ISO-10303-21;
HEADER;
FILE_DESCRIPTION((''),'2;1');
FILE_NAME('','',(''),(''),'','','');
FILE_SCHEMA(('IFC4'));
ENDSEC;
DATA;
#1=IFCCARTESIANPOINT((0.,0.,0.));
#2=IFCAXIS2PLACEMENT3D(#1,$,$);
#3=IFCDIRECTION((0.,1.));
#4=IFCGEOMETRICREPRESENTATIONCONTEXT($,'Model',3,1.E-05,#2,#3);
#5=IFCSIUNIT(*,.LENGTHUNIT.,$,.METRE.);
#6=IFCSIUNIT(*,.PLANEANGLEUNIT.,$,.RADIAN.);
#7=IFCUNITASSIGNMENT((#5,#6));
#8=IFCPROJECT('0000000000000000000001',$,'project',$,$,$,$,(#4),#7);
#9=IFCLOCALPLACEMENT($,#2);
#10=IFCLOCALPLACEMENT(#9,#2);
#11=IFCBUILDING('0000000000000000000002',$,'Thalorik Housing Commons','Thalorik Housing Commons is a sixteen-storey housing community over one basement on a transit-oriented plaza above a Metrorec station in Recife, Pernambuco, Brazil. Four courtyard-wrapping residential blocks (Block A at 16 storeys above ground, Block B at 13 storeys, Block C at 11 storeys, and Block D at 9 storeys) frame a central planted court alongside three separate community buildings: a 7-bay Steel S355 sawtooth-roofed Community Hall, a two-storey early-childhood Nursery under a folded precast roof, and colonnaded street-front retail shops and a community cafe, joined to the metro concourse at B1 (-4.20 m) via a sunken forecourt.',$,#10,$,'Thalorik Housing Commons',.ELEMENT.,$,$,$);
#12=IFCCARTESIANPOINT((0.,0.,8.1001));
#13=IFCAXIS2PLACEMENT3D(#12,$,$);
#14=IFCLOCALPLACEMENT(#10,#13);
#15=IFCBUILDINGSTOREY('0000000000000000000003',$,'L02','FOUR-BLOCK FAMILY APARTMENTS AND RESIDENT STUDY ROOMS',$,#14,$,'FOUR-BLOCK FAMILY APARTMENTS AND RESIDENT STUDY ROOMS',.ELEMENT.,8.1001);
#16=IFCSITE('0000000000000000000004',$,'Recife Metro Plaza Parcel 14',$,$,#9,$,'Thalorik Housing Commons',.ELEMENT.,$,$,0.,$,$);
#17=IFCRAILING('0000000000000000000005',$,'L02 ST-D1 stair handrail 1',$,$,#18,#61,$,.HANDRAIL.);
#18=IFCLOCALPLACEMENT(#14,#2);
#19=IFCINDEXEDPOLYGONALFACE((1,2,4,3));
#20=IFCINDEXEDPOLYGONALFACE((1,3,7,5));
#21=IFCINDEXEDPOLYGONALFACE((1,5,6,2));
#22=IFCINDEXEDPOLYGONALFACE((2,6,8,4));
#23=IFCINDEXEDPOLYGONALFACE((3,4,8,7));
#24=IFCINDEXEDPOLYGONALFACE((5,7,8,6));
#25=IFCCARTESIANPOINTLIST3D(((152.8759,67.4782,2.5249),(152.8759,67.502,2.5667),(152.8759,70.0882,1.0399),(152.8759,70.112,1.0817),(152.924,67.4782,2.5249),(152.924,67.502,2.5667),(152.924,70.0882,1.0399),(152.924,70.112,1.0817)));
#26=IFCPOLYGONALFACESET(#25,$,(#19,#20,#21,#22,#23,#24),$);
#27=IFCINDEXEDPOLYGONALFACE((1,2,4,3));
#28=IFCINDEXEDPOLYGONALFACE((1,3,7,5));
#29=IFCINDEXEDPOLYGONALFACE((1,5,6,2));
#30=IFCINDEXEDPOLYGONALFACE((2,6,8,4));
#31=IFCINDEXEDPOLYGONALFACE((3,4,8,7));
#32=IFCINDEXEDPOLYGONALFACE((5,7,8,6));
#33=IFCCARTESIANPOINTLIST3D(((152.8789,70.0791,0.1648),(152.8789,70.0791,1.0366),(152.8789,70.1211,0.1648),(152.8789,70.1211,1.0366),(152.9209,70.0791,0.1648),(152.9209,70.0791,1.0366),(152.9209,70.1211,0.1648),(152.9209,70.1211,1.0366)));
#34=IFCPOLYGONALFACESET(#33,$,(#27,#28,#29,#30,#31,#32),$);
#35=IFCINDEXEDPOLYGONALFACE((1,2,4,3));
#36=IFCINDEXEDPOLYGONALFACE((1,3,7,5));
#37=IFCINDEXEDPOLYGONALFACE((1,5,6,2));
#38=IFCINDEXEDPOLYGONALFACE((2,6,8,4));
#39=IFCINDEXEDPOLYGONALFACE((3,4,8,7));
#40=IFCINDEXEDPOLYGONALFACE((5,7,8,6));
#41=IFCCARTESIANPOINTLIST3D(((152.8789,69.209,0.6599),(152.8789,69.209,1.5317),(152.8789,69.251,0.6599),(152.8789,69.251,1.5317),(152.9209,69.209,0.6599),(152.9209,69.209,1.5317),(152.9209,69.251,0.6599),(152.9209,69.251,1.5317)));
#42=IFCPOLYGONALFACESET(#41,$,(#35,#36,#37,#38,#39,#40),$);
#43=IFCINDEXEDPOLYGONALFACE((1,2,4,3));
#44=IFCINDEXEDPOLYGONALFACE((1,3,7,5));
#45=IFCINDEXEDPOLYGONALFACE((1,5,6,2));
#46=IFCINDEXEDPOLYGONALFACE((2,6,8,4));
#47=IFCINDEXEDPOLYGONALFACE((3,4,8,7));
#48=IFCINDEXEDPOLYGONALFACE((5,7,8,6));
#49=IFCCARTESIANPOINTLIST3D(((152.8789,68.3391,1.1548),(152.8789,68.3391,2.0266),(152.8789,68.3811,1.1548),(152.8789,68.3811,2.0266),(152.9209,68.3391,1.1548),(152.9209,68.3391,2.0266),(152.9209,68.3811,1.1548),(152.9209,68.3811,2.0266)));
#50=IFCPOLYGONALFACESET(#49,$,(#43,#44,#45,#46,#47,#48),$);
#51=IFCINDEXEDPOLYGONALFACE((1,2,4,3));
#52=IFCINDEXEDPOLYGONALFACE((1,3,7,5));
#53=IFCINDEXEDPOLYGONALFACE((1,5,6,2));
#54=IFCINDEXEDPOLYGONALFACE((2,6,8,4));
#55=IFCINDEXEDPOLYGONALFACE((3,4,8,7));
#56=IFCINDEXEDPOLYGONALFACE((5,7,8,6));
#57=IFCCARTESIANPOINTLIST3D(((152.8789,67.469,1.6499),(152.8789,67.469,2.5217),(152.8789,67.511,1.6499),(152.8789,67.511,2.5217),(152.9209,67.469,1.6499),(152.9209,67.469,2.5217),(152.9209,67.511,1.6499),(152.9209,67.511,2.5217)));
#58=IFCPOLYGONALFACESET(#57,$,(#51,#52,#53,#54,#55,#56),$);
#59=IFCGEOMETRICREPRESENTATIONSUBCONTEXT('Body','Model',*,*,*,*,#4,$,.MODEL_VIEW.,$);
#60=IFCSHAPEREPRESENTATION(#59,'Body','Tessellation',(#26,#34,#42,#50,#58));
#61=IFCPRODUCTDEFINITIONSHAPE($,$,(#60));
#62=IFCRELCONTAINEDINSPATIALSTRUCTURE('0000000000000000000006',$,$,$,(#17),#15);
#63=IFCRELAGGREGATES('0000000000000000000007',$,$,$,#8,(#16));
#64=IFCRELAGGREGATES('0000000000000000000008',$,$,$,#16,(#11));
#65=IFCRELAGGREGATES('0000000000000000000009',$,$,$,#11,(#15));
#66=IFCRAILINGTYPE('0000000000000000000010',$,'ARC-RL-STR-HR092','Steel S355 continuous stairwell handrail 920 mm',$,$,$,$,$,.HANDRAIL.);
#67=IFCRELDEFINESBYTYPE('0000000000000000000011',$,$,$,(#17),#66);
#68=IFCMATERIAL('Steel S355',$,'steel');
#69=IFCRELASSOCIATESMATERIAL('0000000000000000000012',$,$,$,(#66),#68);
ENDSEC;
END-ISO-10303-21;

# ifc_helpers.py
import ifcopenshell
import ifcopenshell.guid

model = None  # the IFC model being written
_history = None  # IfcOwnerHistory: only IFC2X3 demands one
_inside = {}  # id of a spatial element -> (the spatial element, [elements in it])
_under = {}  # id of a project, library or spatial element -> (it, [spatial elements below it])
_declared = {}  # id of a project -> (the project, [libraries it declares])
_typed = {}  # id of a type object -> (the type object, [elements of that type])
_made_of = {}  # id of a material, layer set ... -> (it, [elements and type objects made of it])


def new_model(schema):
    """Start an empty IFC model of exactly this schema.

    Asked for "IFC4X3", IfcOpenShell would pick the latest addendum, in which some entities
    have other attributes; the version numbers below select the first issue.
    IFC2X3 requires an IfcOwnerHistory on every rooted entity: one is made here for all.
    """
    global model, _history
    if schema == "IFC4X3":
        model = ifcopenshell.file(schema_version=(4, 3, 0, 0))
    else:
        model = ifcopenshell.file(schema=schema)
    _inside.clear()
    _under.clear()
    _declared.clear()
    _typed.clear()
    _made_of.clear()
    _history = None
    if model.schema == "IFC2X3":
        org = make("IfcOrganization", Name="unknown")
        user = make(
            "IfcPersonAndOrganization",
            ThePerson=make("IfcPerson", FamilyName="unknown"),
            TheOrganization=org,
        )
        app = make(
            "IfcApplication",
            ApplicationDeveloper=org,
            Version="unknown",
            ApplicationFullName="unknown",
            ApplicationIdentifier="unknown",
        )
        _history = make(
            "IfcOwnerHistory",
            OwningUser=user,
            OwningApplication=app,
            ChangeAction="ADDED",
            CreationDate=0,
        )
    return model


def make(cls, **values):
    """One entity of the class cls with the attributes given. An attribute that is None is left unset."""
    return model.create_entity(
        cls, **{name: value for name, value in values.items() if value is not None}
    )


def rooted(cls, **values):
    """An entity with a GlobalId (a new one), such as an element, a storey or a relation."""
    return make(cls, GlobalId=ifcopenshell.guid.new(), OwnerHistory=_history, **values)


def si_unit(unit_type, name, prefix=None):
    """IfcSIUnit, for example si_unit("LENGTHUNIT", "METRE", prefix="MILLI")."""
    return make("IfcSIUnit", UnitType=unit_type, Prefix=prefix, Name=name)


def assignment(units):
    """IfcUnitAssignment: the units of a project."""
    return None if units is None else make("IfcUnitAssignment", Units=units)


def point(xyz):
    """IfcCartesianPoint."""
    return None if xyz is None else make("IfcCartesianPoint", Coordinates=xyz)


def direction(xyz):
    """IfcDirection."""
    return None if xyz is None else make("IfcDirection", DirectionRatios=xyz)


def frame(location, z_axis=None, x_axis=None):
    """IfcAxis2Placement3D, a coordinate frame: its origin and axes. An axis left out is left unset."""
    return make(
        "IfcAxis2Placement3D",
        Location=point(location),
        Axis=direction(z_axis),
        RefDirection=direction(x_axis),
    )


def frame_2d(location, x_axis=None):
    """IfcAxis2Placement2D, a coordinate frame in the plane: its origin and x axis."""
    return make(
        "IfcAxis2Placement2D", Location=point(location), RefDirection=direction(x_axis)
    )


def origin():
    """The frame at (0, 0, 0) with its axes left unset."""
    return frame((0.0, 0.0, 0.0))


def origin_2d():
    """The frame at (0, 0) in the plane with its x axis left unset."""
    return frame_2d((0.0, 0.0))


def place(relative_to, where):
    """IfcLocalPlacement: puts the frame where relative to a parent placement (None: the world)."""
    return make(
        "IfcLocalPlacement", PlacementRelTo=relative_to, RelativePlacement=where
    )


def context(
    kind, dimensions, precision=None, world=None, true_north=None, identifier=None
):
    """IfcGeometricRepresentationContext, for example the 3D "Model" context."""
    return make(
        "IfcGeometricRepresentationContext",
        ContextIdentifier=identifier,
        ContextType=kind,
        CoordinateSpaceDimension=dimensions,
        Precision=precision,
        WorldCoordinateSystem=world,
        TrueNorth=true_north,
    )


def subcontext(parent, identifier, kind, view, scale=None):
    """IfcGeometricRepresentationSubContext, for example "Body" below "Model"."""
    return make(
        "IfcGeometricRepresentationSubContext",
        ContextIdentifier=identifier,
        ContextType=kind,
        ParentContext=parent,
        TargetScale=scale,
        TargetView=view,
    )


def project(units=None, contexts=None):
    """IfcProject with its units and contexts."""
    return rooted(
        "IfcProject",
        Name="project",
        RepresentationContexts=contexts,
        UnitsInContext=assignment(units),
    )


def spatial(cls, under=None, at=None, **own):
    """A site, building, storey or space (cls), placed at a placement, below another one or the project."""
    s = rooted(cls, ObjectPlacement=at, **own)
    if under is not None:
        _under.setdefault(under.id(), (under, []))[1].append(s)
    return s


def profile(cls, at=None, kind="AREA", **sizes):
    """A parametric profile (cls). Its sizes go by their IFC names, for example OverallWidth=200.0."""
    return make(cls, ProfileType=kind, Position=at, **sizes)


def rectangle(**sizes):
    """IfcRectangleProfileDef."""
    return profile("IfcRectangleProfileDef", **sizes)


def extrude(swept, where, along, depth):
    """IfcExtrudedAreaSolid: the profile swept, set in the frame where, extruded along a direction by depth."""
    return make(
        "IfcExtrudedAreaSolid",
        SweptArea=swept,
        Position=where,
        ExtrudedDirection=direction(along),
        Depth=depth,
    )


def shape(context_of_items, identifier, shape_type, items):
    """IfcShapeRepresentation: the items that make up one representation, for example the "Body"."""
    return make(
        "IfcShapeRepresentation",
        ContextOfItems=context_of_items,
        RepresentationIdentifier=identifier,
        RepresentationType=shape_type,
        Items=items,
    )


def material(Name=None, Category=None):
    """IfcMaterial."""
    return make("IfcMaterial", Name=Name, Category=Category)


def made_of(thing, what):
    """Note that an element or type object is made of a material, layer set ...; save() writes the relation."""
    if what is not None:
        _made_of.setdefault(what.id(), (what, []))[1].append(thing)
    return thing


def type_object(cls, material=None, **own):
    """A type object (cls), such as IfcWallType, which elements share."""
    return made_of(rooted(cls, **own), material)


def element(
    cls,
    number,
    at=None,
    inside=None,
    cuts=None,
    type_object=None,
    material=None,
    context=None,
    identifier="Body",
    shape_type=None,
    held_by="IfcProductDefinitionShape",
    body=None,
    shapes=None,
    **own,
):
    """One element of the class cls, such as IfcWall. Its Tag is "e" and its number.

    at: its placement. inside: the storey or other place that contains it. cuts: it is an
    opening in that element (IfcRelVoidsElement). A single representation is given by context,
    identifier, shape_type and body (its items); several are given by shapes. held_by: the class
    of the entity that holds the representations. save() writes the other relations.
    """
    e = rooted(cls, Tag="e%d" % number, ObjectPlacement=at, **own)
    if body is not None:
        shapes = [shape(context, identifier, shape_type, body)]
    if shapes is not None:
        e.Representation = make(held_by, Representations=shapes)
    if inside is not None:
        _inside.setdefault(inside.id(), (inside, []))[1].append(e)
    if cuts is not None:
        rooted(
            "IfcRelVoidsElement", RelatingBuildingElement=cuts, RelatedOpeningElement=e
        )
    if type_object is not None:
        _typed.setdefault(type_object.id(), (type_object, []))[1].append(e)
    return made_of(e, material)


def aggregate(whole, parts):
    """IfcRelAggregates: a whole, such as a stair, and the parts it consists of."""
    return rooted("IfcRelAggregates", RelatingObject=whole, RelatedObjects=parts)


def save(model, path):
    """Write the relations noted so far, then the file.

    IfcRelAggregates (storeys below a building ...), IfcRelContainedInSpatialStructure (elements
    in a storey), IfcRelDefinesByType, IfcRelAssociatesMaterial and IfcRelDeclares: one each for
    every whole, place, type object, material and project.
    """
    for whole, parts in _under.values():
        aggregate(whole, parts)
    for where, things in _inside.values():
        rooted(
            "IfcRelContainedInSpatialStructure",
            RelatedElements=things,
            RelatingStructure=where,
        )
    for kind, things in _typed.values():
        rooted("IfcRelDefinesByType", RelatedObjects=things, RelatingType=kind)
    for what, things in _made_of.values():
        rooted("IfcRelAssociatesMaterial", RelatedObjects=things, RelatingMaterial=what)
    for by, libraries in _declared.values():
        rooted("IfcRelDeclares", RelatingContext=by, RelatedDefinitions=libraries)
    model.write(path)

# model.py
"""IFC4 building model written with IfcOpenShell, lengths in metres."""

from ifc_helpers import new_model, si_unit, direction, frame, origin, origin_2d, place, context, subcontext, project, spatial, rectangle, extrude, material, type_object, element, save


model = new_model("IFC4")

# Units and contexts
model_context = context("Model", 3, precision=1e-05, world=origin(), true_north=direction((0.0, 1.0)))
body_context = subcontext(model_context, "Body", "Model", "MODEL_VIEW")
ifc_project = project(units=[si_unit("LENGTHUNIT", "METRE"), si_unit("PLANEANGLEUNIT", "RADIAN")], contexts=[model_context])

# Site, building, storey
site_placement = place(None, origin())
site = spatial("IfcSite", under=ifc_project, at=site_placement, Name="Recife Metro Plaza Parcel 14", LongName="Thalorik Housing Commons", CompositionType="ELEMENT", RefElevation=0.0)
building_placement = place(site_placement, origin())
building = spatial("IfcBuilding", under=site, at=building_placement, Name="Thalorik Housing Commons", Description="Thalorik Housing Commons is a sixteen-storey housing community over one basement on a transit-oriented plaza above a Metrorec station in Recife, Pernambuco, Brazil. Four courtyard-wrapping residential blocks (Block A at 16 storeys above ground, Block B at 13 storeys, Block C at 11 storeys, and Block D at 9 storeys) frame a central planted court alongside three separate community buildings: a 7-bay Steel S355 sawtooth-roofed Community Hall, a two-storey early-childhood Nursery under a folded precast roof, and colonnaded street-front retail shops and a community cafe, joined to the metro concourse at B1 (-4.20 m) via a sunken forecourt.", LongName="Thalorik Housing Commons", CompositionType="ELEMENT")
storey_placement = place(building_placement, frame((0.0, 0.0, 8.1001)))
storey = spatial("IfcBuildingStorey", under=building, at=storey_placement, Name="L02", Description="FOUR-BLOCK FAMILY APARTMENTS AND RESIDENT STUDY ROOMS", LongName="FOUR-BLOCK FAMILY APARTMENTS AND RESIDENT STUDY ROOMS", CompositionType="ELEMENT", Elevation=8.1001)

# Shared definitions
ifc_material_1 = material(Name="Steel S355", Category="steel")

# Railing
railing_type_1 = type_object("IfcRailingType", Name="ARC-RL-STR-HR092", Description="Steel S355 continuous stairwell handrail 920 mm", PredefinedType="HANDRAIL", material=ifc_material_1)
railing_1_placement = place(storey_placement, frame((152.8999, 70.1001, 0.1648)))
element("IfcRailing", 1, at=railing_1_placement, inside=storey, type_object=railing_type_1, Name="L02 ST-D1 stair handrail 1", PredefinedType="HANDRAIL", context=body_context, shape_type="SweptSolid", body=[
    extrude(rectangle(XDim=0.0481, YDim=0.0481, at=origin_2d()), frame((0.0, 0.0, 0.896), z_axis=(0.0, -0.869157, 0.494536), x_axis=(1.0, 0.0, 0.0)), (0.0, 0.0, 1.0), 3.0029),
    extrude(rectangle(XDim=0.042, YDim=0.042, at=origin_2d()), origin(), (0.0, 0.0, 1.0), 0.8718),
    extrude(rectangle(XDim=0.042, YDim=0.042, at=origin_2d()), frame((0.0, -0.8701, 0.4951)), (0.0, 0.0, 1.0), 0.8718),
    extrude(rectangle(XDim=0.042, YDim=0.042, at=origin_2d()), frame((0.0, -1.74, 0.99)), (0.0, 0.0, 1.0), 0.8718),
    extrude(rectangle(XDim=0.042, YDim=0.042, at=origin_2d()), frame((0.0, -2.6101, 1.4851)), (0.0, 0.0, 1.0), 0.8718),
])

save(model, "model.ifc")
